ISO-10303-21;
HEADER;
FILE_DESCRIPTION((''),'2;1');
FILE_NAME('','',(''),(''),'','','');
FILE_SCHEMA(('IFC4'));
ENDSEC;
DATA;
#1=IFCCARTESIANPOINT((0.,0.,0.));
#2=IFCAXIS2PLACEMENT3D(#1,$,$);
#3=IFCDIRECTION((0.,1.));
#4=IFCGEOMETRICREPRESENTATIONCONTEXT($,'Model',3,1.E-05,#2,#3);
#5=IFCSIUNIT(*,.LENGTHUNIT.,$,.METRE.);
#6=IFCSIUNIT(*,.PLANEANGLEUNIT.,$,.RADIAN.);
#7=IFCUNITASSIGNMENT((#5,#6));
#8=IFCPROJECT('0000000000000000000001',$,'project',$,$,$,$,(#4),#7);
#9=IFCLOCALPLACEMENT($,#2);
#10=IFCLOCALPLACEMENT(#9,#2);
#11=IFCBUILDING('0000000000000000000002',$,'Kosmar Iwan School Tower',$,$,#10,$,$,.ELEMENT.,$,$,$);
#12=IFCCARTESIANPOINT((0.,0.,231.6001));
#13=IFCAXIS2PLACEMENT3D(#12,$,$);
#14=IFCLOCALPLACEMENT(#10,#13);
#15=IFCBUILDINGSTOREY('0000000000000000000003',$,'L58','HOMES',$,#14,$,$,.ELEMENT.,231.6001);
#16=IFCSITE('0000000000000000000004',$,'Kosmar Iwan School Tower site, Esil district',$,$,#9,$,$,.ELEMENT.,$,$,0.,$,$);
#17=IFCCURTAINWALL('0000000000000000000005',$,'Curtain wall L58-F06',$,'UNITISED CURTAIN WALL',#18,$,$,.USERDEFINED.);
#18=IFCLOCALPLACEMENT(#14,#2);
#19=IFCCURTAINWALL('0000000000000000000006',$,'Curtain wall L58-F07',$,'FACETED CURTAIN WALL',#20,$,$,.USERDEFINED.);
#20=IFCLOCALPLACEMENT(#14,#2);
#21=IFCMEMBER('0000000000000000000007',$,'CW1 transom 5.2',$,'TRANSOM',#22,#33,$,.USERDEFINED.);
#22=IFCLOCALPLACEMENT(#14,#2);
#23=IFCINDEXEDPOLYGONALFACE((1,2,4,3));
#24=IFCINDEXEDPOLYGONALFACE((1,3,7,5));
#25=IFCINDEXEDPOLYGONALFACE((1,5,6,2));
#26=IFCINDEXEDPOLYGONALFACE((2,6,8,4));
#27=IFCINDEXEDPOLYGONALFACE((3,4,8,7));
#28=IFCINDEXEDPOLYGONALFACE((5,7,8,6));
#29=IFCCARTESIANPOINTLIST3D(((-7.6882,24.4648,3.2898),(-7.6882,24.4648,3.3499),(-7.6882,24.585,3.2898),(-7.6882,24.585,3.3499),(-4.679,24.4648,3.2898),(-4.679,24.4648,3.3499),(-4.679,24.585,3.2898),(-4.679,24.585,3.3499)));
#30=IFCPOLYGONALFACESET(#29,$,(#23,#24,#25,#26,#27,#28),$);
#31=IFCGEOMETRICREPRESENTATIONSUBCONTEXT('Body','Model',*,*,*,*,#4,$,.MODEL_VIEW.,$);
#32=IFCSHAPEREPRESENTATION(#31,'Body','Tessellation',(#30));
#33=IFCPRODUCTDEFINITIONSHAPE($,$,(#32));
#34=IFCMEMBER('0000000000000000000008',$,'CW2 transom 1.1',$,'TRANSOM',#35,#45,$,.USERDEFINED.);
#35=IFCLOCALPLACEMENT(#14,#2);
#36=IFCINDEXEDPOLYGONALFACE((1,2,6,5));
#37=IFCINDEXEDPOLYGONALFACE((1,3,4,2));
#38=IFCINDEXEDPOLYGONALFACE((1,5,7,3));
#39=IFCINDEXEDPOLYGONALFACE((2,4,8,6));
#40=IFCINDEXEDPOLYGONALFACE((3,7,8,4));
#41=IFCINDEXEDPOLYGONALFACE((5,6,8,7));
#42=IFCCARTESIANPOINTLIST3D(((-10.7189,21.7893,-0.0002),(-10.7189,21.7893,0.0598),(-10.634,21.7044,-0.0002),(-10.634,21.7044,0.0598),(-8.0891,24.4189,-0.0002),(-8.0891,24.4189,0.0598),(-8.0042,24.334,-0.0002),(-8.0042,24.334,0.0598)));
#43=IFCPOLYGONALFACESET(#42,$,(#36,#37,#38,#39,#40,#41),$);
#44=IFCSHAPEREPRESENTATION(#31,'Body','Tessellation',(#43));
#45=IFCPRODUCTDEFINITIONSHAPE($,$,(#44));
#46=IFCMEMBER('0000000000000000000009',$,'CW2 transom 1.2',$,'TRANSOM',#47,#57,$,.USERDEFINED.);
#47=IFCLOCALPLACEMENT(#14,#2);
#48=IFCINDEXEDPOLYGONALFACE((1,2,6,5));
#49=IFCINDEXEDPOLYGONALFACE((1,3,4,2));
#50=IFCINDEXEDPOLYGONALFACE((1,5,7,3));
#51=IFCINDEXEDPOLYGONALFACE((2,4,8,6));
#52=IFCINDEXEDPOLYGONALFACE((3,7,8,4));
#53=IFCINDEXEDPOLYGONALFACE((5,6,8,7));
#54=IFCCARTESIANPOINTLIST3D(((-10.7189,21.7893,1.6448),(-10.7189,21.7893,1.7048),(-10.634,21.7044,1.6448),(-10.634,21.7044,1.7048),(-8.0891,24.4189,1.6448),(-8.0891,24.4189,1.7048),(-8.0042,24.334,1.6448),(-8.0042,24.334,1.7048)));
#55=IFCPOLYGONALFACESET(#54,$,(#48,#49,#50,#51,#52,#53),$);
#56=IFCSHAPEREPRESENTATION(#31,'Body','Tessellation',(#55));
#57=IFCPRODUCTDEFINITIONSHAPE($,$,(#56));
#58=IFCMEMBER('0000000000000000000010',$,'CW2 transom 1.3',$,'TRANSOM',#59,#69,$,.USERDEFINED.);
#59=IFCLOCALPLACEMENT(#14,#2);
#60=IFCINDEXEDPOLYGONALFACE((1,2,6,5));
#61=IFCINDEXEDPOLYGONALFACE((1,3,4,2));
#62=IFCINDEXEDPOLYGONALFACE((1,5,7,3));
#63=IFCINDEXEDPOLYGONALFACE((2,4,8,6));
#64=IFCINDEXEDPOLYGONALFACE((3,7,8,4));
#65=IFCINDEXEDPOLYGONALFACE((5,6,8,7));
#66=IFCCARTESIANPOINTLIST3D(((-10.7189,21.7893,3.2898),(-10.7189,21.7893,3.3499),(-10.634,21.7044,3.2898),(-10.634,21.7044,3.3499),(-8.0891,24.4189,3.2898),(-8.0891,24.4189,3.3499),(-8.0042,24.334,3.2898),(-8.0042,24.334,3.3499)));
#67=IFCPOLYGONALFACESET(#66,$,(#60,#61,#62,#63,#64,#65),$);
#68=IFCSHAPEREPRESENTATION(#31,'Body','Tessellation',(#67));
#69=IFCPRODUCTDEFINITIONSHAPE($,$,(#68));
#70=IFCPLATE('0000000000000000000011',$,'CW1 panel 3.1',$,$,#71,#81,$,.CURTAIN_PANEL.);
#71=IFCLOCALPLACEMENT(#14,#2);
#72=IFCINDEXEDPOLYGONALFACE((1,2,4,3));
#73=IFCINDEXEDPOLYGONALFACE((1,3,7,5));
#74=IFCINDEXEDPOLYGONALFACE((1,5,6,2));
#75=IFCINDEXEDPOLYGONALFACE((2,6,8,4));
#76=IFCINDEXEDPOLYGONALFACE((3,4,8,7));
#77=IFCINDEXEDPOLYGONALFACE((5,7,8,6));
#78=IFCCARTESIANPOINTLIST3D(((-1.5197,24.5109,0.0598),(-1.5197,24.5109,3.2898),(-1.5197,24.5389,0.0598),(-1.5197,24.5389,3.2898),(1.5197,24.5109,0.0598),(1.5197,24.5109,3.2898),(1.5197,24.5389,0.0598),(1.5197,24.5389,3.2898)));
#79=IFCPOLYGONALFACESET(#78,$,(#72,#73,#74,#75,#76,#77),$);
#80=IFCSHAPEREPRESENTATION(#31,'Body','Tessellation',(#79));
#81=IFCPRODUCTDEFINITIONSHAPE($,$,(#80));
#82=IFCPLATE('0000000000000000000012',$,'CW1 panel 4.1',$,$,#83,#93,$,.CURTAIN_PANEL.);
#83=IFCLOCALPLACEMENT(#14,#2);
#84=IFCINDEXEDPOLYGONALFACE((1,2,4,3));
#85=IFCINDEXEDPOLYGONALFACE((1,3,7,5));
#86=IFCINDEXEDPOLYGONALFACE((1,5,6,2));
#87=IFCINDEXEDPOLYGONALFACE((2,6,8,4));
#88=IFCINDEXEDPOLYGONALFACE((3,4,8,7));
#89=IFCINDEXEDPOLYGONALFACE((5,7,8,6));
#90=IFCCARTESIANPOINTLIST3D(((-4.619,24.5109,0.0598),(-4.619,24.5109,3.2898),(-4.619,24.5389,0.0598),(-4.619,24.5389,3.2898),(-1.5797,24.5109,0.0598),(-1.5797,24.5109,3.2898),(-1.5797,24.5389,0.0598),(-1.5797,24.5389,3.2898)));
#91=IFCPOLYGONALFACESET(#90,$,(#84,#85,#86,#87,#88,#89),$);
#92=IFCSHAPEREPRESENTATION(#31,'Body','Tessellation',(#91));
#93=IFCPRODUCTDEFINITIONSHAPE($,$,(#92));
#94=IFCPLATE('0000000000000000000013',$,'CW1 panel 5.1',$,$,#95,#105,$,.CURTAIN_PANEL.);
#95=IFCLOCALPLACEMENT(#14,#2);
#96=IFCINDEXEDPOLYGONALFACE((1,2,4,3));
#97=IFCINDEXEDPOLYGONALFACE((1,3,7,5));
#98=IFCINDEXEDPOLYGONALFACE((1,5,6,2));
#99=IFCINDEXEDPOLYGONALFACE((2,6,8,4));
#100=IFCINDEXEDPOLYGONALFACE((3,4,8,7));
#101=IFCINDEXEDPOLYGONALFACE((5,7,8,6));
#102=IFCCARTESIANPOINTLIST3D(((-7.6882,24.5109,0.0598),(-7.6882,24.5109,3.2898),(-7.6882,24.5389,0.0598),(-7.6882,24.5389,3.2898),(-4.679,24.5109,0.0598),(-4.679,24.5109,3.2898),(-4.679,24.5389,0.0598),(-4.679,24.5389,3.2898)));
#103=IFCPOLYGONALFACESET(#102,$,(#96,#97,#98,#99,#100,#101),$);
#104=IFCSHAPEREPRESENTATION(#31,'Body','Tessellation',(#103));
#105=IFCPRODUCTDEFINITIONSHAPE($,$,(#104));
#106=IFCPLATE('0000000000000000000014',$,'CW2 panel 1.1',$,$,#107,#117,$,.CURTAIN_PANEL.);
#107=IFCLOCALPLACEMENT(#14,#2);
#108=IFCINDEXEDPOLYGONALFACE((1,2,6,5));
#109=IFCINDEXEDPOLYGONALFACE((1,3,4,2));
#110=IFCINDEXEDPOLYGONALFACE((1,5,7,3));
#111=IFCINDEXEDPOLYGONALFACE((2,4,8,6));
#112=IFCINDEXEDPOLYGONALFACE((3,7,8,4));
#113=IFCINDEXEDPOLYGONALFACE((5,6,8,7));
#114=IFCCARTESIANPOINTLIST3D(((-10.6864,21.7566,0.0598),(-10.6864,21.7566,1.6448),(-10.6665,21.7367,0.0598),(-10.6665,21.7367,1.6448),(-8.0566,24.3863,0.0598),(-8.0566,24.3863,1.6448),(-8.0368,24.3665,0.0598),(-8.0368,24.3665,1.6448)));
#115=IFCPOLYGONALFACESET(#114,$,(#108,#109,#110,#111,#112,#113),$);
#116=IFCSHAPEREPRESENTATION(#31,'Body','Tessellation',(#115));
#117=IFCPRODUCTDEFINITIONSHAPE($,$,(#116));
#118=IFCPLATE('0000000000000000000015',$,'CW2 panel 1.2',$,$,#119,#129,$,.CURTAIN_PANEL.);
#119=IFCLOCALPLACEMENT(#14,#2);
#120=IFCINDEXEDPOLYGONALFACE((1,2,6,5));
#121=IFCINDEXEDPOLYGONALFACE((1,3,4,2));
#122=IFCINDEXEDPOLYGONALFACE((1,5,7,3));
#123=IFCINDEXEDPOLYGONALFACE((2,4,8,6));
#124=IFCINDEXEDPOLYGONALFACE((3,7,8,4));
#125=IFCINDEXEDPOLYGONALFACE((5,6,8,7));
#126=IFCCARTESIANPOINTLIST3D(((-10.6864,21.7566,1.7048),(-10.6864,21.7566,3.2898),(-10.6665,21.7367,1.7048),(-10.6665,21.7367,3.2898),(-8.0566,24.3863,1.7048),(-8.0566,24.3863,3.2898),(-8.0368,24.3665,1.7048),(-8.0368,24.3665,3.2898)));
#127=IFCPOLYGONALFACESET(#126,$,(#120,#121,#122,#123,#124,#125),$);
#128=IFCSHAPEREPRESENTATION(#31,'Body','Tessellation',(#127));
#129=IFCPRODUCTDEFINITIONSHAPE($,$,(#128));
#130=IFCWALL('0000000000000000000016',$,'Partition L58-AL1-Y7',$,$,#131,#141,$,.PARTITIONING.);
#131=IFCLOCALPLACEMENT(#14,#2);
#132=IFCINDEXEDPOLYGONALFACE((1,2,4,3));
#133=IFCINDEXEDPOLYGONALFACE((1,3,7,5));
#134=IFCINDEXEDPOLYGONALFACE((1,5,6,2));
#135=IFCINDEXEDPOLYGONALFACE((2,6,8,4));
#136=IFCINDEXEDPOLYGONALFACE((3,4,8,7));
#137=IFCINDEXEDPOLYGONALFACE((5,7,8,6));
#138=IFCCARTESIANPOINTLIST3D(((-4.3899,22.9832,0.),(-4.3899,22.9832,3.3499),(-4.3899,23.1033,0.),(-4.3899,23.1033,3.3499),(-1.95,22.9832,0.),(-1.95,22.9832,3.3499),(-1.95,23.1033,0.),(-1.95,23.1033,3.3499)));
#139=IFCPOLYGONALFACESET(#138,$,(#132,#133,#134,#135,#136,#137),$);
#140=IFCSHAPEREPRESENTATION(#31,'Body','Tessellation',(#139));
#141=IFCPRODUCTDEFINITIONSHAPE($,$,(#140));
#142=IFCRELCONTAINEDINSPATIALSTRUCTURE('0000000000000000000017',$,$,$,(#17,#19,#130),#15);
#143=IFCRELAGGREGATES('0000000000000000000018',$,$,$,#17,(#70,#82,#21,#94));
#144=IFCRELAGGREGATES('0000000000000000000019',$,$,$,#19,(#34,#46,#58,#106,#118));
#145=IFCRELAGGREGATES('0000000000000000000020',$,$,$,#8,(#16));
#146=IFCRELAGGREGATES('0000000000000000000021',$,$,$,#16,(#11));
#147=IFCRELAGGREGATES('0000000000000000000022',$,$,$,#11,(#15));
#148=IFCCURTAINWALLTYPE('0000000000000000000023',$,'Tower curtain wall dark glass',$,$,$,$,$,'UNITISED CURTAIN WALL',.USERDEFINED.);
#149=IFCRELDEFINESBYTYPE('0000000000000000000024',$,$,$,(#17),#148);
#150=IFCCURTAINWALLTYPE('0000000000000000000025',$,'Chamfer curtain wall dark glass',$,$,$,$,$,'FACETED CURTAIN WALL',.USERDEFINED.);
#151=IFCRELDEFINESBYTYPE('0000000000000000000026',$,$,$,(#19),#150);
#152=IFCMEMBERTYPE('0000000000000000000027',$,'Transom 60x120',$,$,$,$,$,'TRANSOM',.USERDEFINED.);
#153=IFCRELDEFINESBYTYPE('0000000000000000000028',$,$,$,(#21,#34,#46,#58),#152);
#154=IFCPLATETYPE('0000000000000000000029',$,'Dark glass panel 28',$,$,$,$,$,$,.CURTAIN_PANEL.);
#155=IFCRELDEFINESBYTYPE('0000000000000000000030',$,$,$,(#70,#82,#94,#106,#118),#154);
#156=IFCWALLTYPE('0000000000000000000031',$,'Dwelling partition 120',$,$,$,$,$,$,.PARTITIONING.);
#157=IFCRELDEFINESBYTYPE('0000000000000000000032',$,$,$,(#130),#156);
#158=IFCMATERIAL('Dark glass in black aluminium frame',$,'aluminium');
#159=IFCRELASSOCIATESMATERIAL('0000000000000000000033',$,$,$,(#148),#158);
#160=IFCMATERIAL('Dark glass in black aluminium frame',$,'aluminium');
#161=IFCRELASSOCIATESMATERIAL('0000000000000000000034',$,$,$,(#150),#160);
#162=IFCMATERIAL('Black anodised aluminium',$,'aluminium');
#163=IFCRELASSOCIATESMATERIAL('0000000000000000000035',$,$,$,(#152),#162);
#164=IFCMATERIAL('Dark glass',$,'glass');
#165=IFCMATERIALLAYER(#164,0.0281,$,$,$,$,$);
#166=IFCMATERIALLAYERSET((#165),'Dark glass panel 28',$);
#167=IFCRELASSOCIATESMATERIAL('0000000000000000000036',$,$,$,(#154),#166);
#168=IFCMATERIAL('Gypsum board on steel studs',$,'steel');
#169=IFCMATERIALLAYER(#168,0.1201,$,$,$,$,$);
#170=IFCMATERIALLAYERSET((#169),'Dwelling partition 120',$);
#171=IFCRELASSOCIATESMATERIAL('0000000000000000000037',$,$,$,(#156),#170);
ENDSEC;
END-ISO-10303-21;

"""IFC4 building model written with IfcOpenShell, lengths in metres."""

from ifc_helpers import new_model, si_unit, direction, frame, frame_2d, origin, origin_2d, place, context, subcontext, project, spatial, rectangle, extrude, material, layer, layer_set, material_profile, profile_set, type_object, element, aggregate, save


model = new_model("IFC4")

# Units and contexts
model_context = context("Model", 3, precision=1e-05, world=origin(), true_north=direction((0.0, 1.0)))
body_context = subcontext(model_context, "Body", "Model", "MODEL_VIEW")
ifc_project = project(units=[si_unit("LENGTHUNIT", "METRE"), si_unit("PLANEANGLEUNIT", "RADIAN")], contexts=[model_context])

# Site, building, storey
site_placement = place(None, origin())
site = spatial("IfcSite", under=ifc_project, at=site_placement, Name="Kosmar Iwan School Tower site, Esil district", CompositionType="ELEMENT", RefElevation=0.0)
building_placement = place(site_placement, origin())
building = spatial("IfcBuilding", under=site, at=building_placement, Name="Kosmar Iwan School Tower", CompositionType="ELEMENT")
storey_placement = place(building_placement, frame((0.0, 0.0, 231.6001)))
storey = spatial("IfcBuildingStorey", under=building, at=storey_placement, Name="L58", Description="HOMES", CompositionType="ELEMENT", Elevation=231.6001)

# Curtain wall
ifc_material_1 = material(Name="Dark glass in black aluminium frame", Category="aluminium")
curtain_wall_type_1 = type_object("IfcCurtainWallType", Name="Tower curtain wall dark glass", ElementType="UNITISED CURTAIN WALL", PredefinedType="USERDEFINED", material=ifc_material_1)
curtain_wall_1_placement = place(storey_placement, origin())
curtain_wall_1 = element("IfcCurtainWall", 1, at=curtain_wall_1_placement, inside=storey, type_object=curtain_wall_type_1, Name="Curtain wall L58-F06", ObjectType="UNITISED CURTAIN WALL", PredefinedType="USERDEFINED")

# Curtain wall
ifc_material_2 = material(Name="Dark glass in black aluminium frame", Category="aluminium")
curtain_wall_type_2 = type_object("IfcCurtainWallType", Name="Chamfer curtain wall dark glass", ElementType="FACETED CURTAIN WALL", PredefinedType="USERDEFINED", material=ifc_material_2)
curtain_wall_2_placement = place(storey_placement, origin())
curtain_wall_2 = element("IfcCurtainWall", 2, at=curtain_wall_2_placement, inside=storey, type_object=curtain_wall_type_2, Name="Curtain wall L58-F07", ObjectType="FACETED CURTAIN WALL", PredefinedType="USERDEFINED")

# Members
ifc_material_3 = material(Name="Black anodised aluminium", Category="aluminium")
ifc_material_profile_1 = material_profile(ifc_material_3, rectangle(XDim=0.1201, YDim=0.0601, at=origin_2d()), Name="TRANSOM 60x120")
ifc_profile_set_1 = profile_set([ifc_material_profile_1], Name="Black anodised aluminium")
member_type_1 = type_object("IfcMemberType", Name="Transom 60x120", ElementType="TRANSOM", PredefinedType="USERDEFINED", material=ifc_profile_set_1)
member_1_placement = place(storey_placement, frame((-4.679, 24.5249, 3.3198), z_axis=(-1.0, 0.0, 0.0), x_axis=(0.0, -1.0, 0.0)))
member_1 = element("IfcMember", 3, at=member_1_placement, type_object=member_type_1, Name="CW1 transom 5.2", ObjectType="TRANSOM", PredefinedType="USERDEFINED", context=body_context, shape_type="SweptSolid", body=[
    extrude(rectangle(XDim=0.1201, YDim=0.0601, at=origin_2d()), origin(), (0.0, 0.0, 1.0), 3.0093),
])
member_2_placement = place(storey_placement, frame((-8.0466, 24.3765, 0.0298), z_axis=(-0.70714, -0.707074, 0.0), x_axis=(0.707074, -0.70714, 0.0)))
member_2 = element("IfcMember", 4, at=member_2_placement, type_object=member_type_1, Name="CW2 transom 1.1", ObjectType="TRANSOM", PredefinedType="USERDEFINED", context=body_context, shape_type="SweptSolid", body=[
    extrude(rectangle(XDim=0.1201, YDim=0.0601, at=origin_2d()), origin(), (0.0, 0.0, 1.0), 3.719),
])
member_3_placement = place(storey_placement, frame((-8.0466, 24.3765, 1.6748), z_axis=(-0.70714, -0.707074, 0.0), x_axis=(0.707074, -0.70714, 0.0)))
member_3 = element("IfcMember", 5, at=member_3_placement, type_object=member_type_1, Name="CW2 transom 1.2", ObjectType="TRANSOM", PredefinedType="USERDEFINED", context=body_context, shape_type="SweptSolid", body=[
    extrude(rectangle(XDim=0.1201, YDim=0.0601, at=origin_2d()), origin(), (0.0, 0.0, 1.0), 3.719),
])
member_4_placement = place(storey_placement, frame((-8.0466, 24.3765, 3.3198), z_axis=(-0.70714, -0.707074, 0.0), x_axis=(0.707074, -0.70714, 0.0)))
member_4 = element("IfcMember", 6, at=member_4_placement, type_object=member_type_1, Name="CW2 transom 1.3", ObjectType="TRANSOM", PredefinedType="USERDEFINED", context=body_context, shape_type="SweptSolid", body=[
    extrude(rectangle(XDim=0.1201, YDim=0.0601, at=origin_2d()), origin(), (0.0, 0.0, 1.0), 3.719),
])

# Plates
ifc_material_4 = material(Name="Dark glass", Category="glass")
ifc_layer_1 = layer(ifc_material_4, 0.0281)
ifc_layer_set_1 = layer_set([ifc_layer_1], Name="Dark glass panel 28")
plate_type = type_object("IfcPlateType", Name="Dark glass panel 28", PredefinedType="CURTAIN_PANEL", material=ifc_layer_set_1)
plate_1_placement = place(storey_placement, frame((0.0, 24.5249, 0.0598), z_axis=(0.0, 0.0, 1.0), x_axis=(-1.0, 0.0, 0.0)))
plate_1 = element("IfcPlate", 7, at=plate_1_placement, type_object=plate_type, Name="CW1 panel 3.1", PredefinedType="CURTAIN_PANEL", context=body_context, shape_type="SweptSolid", body=[
    extrude(rectangle(XDim=3.0393, YDim=0.0281, at=origin_2d()), origin(), (0.0, 0.0, 1.0), 3.23),
])
plate_2_placement = place(storey_placement, frame((-3.0994, 24.5249, 0.0598), z_axis=(0.0, 0.0, 1.0), x_axis=(-1.0, 0.0, 0.0)))
plate_2 = element("IfcPlate", 8, at=plate_2_placement, type_object=plate_type, Name="CW1 panel 4.1", PredefinedType="CURTAIN_PANEL", context=body_context, shape_type="SweptSolid", body=[
    extrude(rectangle(XDim=3.0393, YDim=0.0281, at=origin_2d()), origin(), (0.0, 0.0, 1.0), 3.23),
])
plate_3_placement = place(storey_placement, frame((-6.1836, 24.5249, 0.0598), z_axis=(0.0, 0.0, 1.0), x_axis=(-1.0, 0.0, 0.0)))
plate_3 = element("IfcPlate", 9, at=plate_3_placement, type_object=plate_type, Name="CW1 panel 5.1", PredefinedType="CURTAIN_PANEL", context=body_context, shape_type="SweptSolid", body=[
    extrude(rectangle(XDim=3.0093, YDim=0.0281, at=origin_2d()), origin(), (0.0, 0.0, 1.0), 3.23),
])
aggregate(curtain_wall_1, [plate_1, plate_2, member_1, plate_3])
plate_4_placement = place(storey_placement, frame((-9.3616, 23.0615, 0.0598), z_axis=(0.0, 0.0, 1.0), x_axis=(-0.707107, -0.707107, 0.0)))
plate_4 = element("IfcPlate", 10, at=plate_4_placement, type_object=plate_type, Name="CW2 panel 1.1", PredefinedType="CURTAIN_PANEL", context=body_context, shape_type="SweptSolid", body=[
    extrude(rectangle(XDim=3.719, YDim=0.0281, at=origin_2d()), origin(), (0.0, 0.0, 1.0), 1.585),
])
plate_5_placement = place(storey_placement, frame((-9.3616, 23.0615, 1.7048), z_axis=(0.0, 0.0, 1.0), x_axis=(-0.707107, -0.707107, 0.0)))
plate_5 = element("IfcPlate", 11, at=plate_5_placement, type_object=plate_type, Name="CW2 panel 1.2", PredefinedType="CURTAIN_PANEL", context=body_context, shape_type="SweptSolid", body=[
    extrude(rectangle(XDim=3.719, YDim=0.0281, at=origin_2d()), origin(), (0.0, 0.0, 1.0), 1.585),
])
aggregate(curtain_wall_2, [member_2, member_3, member_4, plate_4, plate_5])

# Wall
ifc_material_5 = material(Name="Gypsum board on steel studs", Category="steel")
ifc_layer_2 = layer(ifc_material_5, 0.1201)
ifc_layer_set_2 = layer_set([ifc_layer_2], Name="Dwelling partition 120")
wall_type = type_object("IfcWallType", Name="Dwelling partition 120", PredefinedType="PARTITIONING", material=ifc_layer_set_2)
wall_placement = place(storey_placement, frame((-1.95, 23.0432, 0.0), z_axis=(0.0, 0.0, 1.0), x_axis=(-1.0, 0.0, 0.0)))
element("IfcWall", 12, at=wall_placement, inside=storey, type_object=wall_type, Name="Partition L58-AL1-Y7", PredefinedType="PARTITIONING", context=body_context, shape_type="SweptSolid", body=[
    extrude(rectangle(XDim=2.4399, YDim=0.1201, at=frame_2d((1.22, 0.0))), origin(), (0.0, 0.0, 1.0), 3.3499),
])

save(model, "model.ifc")
